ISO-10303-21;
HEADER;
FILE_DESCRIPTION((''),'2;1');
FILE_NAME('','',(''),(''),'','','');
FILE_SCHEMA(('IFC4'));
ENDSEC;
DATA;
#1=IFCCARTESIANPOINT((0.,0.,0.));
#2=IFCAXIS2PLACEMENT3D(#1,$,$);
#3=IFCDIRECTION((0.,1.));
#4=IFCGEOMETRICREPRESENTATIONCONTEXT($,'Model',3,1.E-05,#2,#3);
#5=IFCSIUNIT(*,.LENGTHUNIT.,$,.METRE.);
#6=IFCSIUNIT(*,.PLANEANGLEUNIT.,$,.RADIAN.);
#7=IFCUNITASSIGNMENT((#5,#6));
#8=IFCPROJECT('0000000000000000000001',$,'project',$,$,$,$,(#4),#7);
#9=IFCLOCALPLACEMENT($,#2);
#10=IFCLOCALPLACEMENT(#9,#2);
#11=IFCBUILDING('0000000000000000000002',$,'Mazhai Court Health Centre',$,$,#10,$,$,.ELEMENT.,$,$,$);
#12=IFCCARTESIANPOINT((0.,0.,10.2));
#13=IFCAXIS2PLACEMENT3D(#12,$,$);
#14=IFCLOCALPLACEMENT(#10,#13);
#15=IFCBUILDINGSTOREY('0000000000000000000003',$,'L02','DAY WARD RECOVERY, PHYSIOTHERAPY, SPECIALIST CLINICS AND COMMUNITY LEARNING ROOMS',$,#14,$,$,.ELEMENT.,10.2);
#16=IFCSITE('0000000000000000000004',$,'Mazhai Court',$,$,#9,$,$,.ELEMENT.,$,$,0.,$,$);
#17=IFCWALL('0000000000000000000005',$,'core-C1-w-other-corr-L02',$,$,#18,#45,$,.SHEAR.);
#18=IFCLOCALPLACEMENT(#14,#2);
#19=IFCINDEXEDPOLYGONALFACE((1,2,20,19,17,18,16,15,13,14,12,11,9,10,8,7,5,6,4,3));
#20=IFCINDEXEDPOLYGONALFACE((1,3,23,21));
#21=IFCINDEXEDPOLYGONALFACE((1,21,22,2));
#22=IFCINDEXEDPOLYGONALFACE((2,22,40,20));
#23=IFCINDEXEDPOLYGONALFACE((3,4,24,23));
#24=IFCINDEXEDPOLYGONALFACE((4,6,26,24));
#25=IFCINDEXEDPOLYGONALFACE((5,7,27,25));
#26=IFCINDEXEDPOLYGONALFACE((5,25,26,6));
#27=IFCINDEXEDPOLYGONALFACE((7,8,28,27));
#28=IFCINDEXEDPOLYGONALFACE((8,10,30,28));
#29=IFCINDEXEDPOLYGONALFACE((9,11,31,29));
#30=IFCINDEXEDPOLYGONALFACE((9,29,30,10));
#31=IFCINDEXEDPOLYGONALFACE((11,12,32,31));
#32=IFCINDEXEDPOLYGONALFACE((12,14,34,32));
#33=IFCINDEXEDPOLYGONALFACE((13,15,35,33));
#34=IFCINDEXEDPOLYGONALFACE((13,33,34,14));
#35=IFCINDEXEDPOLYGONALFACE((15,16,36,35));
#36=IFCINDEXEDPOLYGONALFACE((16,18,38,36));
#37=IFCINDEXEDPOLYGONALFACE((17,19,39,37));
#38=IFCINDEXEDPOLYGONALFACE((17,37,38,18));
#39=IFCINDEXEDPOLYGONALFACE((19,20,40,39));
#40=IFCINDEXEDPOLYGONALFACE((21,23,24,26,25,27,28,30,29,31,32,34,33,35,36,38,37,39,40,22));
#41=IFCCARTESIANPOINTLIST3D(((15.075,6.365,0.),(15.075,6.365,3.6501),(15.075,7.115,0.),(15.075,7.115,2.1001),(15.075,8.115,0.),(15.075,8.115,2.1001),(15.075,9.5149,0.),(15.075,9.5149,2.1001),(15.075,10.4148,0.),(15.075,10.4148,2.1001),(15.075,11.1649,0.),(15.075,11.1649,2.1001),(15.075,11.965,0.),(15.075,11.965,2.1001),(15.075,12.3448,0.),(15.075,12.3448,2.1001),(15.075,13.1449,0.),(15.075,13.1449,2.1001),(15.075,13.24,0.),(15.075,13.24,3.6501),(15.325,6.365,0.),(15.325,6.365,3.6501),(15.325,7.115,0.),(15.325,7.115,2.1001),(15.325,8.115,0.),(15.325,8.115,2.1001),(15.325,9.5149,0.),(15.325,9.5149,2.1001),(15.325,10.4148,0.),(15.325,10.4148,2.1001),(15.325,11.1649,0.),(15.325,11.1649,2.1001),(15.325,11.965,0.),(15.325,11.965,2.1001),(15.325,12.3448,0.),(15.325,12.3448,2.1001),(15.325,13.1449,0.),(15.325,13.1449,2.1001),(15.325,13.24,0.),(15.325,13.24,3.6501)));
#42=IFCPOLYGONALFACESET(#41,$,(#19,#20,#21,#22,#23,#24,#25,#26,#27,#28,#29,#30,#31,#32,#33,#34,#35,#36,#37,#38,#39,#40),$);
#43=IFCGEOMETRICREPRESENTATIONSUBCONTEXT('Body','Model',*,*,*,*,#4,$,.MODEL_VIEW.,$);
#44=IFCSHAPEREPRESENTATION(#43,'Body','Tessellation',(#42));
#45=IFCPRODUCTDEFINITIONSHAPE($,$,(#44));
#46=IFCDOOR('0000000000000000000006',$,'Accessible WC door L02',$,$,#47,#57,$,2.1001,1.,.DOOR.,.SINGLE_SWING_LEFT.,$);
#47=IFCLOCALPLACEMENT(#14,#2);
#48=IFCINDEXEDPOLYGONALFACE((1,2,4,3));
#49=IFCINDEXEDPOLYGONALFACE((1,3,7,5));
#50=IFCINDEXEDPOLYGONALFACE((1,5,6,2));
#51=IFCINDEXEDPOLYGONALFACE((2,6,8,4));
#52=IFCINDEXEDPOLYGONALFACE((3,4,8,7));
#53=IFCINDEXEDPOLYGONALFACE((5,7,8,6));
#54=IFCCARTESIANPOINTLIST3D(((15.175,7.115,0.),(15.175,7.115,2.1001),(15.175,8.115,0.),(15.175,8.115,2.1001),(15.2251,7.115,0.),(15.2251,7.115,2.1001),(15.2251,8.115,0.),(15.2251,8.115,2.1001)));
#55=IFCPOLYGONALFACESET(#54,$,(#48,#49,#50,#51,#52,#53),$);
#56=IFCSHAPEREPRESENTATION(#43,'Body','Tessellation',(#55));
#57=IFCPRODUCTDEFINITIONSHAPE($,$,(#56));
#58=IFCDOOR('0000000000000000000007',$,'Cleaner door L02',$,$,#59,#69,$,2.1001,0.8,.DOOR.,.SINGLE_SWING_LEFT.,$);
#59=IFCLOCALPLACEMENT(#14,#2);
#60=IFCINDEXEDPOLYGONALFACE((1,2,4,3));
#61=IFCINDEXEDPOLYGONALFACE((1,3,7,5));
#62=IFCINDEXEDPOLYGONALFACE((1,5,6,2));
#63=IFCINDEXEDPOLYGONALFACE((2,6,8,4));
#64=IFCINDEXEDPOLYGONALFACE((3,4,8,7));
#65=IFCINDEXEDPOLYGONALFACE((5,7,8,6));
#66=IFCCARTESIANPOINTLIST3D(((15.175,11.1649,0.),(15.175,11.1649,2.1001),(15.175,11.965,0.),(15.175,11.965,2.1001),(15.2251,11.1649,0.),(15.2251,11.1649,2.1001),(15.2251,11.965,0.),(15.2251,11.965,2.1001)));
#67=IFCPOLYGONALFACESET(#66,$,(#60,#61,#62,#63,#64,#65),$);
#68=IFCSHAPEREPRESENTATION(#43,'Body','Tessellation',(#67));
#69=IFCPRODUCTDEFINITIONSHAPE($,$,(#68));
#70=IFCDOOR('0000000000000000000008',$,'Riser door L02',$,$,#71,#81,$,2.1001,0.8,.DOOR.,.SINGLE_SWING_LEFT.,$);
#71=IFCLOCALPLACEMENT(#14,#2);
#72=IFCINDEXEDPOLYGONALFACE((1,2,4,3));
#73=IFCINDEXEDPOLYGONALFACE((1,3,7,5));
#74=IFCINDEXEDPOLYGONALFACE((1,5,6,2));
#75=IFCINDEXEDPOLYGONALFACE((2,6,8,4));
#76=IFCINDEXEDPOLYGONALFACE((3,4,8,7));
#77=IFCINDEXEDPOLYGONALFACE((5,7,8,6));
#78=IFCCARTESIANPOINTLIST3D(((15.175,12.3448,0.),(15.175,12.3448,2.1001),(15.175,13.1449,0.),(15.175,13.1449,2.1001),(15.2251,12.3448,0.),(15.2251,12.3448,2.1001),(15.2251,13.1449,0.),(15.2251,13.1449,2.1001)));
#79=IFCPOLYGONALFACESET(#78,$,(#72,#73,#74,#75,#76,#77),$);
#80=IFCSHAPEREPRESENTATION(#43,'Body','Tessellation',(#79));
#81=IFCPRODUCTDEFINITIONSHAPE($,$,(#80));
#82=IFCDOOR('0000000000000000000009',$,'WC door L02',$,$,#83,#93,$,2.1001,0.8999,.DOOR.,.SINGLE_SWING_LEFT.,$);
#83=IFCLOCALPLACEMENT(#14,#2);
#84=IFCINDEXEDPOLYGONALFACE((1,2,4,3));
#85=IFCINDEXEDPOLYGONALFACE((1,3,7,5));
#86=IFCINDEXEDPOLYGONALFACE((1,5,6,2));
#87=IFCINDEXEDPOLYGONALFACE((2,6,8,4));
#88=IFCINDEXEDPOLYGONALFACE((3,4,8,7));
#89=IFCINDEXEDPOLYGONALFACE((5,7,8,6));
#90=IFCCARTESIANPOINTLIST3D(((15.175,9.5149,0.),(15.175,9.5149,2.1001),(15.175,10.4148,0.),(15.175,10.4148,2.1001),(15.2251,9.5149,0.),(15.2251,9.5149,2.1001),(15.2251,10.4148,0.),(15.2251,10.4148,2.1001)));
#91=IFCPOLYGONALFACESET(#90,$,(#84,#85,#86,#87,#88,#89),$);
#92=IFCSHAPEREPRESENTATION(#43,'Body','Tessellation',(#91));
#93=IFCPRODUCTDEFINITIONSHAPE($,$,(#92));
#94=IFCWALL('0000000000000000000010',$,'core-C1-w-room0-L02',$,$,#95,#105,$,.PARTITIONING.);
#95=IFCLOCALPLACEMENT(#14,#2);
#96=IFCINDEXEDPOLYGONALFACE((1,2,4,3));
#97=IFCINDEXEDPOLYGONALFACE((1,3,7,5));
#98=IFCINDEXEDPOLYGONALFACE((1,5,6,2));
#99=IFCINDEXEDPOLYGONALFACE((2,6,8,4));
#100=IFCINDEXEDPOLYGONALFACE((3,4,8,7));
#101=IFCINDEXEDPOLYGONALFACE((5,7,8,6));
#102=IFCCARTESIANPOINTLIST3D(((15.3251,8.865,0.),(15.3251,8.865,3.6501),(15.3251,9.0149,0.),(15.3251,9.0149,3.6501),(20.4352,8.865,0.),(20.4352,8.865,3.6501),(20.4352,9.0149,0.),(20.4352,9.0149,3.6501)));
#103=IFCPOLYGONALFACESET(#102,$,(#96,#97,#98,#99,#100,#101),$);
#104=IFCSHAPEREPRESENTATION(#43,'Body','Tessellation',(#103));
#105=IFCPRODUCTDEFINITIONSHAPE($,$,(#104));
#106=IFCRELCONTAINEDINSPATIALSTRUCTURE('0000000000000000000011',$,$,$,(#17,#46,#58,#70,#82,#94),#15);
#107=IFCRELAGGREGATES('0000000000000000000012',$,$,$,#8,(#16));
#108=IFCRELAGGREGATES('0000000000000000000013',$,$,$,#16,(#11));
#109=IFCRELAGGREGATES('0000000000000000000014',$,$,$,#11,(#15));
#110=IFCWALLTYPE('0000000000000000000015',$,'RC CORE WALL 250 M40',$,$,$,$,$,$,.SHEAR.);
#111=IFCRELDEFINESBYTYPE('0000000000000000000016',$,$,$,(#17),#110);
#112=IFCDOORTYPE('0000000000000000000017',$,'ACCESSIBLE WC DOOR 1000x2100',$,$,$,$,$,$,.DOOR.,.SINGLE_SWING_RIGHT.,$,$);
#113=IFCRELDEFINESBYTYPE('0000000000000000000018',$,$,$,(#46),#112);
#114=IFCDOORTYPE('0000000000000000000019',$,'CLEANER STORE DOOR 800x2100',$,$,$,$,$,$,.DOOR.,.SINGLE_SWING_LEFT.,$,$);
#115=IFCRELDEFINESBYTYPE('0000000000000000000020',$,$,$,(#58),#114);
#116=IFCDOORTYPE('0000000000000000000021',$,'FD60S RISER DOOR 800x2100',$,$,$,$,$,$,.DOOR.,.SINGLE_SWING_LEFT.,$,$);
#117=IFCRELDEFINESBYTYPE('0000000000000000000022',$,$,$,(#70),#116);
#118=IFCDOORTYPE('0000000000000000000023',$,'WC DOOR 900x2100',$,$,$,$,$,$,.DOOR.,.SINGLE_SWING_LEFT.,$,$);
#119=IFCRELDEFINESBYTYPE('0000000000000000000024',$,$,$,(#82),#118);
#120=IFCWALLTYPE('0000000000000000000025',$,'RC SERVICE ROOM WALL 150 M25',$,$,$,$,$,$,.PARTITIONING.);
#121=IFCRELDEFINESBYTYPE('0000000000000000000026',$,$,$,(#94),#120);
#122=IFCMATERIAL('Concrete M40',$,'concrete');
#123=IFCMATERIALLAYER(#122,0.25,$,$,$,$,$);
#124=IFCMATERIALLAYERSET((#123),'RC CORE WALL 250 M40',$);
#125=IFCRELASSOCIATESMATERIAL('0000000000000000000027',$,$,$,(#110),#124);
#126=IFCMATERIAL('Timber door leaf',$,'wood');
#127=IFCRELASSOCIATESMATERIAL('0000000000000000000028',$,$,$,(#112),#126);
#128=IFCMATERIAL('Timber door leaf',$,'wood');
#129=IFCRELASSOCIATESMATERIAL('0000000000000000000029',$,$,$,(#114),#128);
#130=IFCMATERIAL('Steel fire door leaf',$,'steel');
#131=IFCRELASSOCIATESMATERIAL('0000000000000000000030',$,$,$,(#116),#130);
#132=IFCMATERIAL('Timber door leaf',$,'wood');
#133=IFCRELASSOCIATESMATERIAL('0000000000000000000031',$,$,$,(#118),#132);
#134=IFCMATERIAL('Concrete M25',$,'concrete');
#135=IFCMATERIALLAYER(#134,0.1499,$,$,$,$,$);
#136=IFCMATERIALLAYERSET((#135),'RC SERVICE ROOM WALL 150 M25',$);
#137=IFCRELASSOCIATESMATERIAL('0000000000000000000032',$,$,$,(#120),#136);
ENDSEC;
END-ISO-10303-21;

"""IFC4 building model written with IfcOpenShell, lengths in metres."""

from ifc_helpers import new_model, si_unit, direction, frame, frame_2d, origin, place, context, subcontext, project, spatial, rectangle, extrude, material, layer, layer_set, type_object, element, fill, save


model = new_model("IFC4")

# Units and contexts
model_context = context("Model", 3, precision=1e-05, world=origin(), true_north=direction((0.0, 1.0)))
body_context = subcontext(model_context, "Body", "Model", "MODEL_VIEW")
ifc_project = project(units=[si_unit("LENGTHUNIT", "METRE"), si_unit("PLANEANGLEUNIT", "RADIAN")], contexts=[model_context])

# Site, building, storey
site_placement = place(None, origin())
site = spatial("IfcSite", under=ifc_project, at=site_placement, Name="Mazhai Court", CompositionType="ELEMENT", RefElevation=0.0)
building_placement = place(site_placement, origin())
building = spatial("IfcBuilding", under=site, at=building_placement, Name="Mazhai Court Health Centre", CompositionType="ELEMENT")
storey_placement = place(building_placement, frame((0.0, 0.0, 10.2)))
storey = spatial("IfcBuildingStorey", under=building, at=storey_placement, Name="L02", Description="DAY WARD RECOVERY, PHYSIOTHERAPY, SPECIALIST CLINICS AND COMMUNITY LEARNING ROOMS", CompositionType="ELEMENT", Elevation=10.2)

# Wall, openings, doors
ifc_material_1 = material(Name="Concrete M40", Category="concrete")
ifc_layer_1 = layer(ifc_material_1, 0.25)
ifc_layer_set_1 = layer_set([ifc_layer_1], Name="RC CORE WALL 250 M40")
wall_type_1 = type_object("IfcWallType", Name="RC CORE WALL 250 M40", PredefinedType="SHEAR", material=ifc_layer_set_1)
wall_1_placement = place(storey_placement, frame((15.2, 6.365, 0.0), z_axis=(0.0, 0.0, 1.0), x_axis=(0.0, 1.0, 0.0)))
wall_1 = element("IfcWall", 1, at=wall_1_placement, inside=storey, type_object=wall_type_1, Name="core-C1-w-other-corr-L02", PredefinedType="SHEAR", context=body_context, shape_type="SweptSolid", body=[
    extrude(rectangle(XDim=6.875, YDim=0.25, at=frame_2d((3.4375, 0.0))), origin(), (0.0, 0.0, 1.0), 3.6501),
])
opening_1_placement = place(wall_1_placement, frame((0.75, 0.0, 0.0)))
opening_1 = element("IfcOpeningElement", 2, at=opening_1_placement, cuts=wall_1, PredefinedType="OPENING", context=body_context, shape_type="SweptSolid", body=[
    extrude(rectangle(XDim=1.0, YDim=2.1001, at=frame_2d((0.5, 1.05))), frame((0.0, 0.135, 0.0), z_axis=(0.0, -1.0, 0.0), x_axis=(1.0, 0.0, 0.0)), (0.0, 0.0, 1.0), 0.27),
])
opening_2_placement = place(wall_1_placement, frame((3.1499, 0.0, 0.0)))
opening_2 = element("IfcOpeningElement", 3, at=opening_2_placement, cuts=wall_1, PredefinedType="OPENING", context=body_context, shape_type="SweptSolid", body=[
    extrude(rectangle(XDim=0.8999, YDim=2.1001, at=frame_2d((0.45, 1.05))), frame((0.0, 0.135, 0.0), z_axis=(0.0, -1.0, 0.0), x_axis=(1.0, 0.0, 0.0)), (0.0, 0.0, 1.0), 0.27),
])
opening_3_placement = place(wall_1_placement, frame((4.8, 0.0, 0.0)))
opening_3 = element("IfcOpeningElement", 4, at=opening_3_placement, cuts=wall_1, PredefinedType="OPENING", context=body_context, shape_type="SweptSolid", body=[
    extrude(rectangle(XDim=0.8, YDim=2.1001, at=frame_2d((0.3999, 1.05))), frame((0.0, 0.135, 0.0), z_axis=(0.0, -1.0, 0.0), x_axis=(1.0, 0.0, 0.0)), (0.0, 0.0, 1.0), 0.27),
])
opening_4_placement = place(wall_1_placement, frame((5.98, 0.0, 0.0)))
opening_4 = element("IfcOpeningElement", 5, at=opening_4_placement, cuts=wall_1, PredefinedType="OPENING", context=body_context, shape_type="SweptSolid", body=[
    extrude(rectangle(XDim=0.8, YDim=2.1001, at=frame_2d((0.3999, 1.05))), frame((0.0, 0.135, 0.0), z_axis=(0.0, -1.0, 0.0), x_axis=(1.0, 0.0, 0.0)), (0.0, 0.0, 1.0), 0.27),
])
ifc_material_2 = material(Name="Timber door leaf", Category="wood")
door_type_1 = type_object("IfcDoorType", Name="ACCESSIBLE WC DOOR 1000x2100", OperationType="SINGLE_SWING_RIGHT", PredefinedType="DOOR", material=ifc_material_2)
door_1_placement = place(opening_1_placement, origin())
door_1 = element("IfcDoor", 6, at=door_1_placement, inside=storey, type_object=door_type_1, Name="Accessible WC door L02", OperationType="SINGLE_SWING_LEFT", OverallHeight=2.1001, OverallWidth=1.0, PredefinedType="DOOR", context=body_context, shape_type="SweptSolid", body=[
    extrude(rectangle(XDim=1.0, YDim=2.1001, at=frame_2d((0.5, 1.05))), frame((0.0, 0.0249, 0.0), z_axis=(0.0, -1.0, 0.0), x_axis=(1.0, 0.0, 0.0)), (0.0, 0.0, 1.0), 0.05),
])
fill(opening_1, door_1)
ifc_material_3 = material(Name="Timber door leaf", Category="wood")
door_type_2 = type_object("IfcDoorType", Name="CLEANER STORE DOOR 800x2100", OperationType="SINGLE_SWING_LEFT", PredefinedType="DOOR", material=ifc_material_3)
door_2_placement = place(opening_3_placement, origin())
door_2 = element("IfcDoor", 7, at=door_2_placement, inside=storey, type_object=door_type_2, Name="Cleaner door L02", OperationType="SINGLE_SWING_LEFT", OverallHeight=2.1001, OverallWidth=0.8, PredefinedType="DOOR", context=body_context, shape_type="SweptSolid", body=[
    extrude(rectangle(XDim=0.8, YDim=2.1001, at=frame_2d((0.3999, 1.05))), frame((0.0, 0.0249, 0.0), z_axis=(0.0, -1.0, 0.0), x_axis=(1.0, 0.0, 0.0)), (0.0, 0.0, 1.0), 0.05),
])
fill(opening_3, door_2)
ifc_material_4 = material(Name="Steel fire door leaf", Category="steel")
door_type_3 = type_object("IfcDoorType", Name="FD60S RISER DOOR 800x2100", OperationType="SINGLE_SWING_LEFT", PredefinedType="DOOR", material=ifc_material_4)
door_3_placement = place(opening_4_placement, origin())
door_3 = element("IfcDoor", 8, at=door_3_placement, inside=storey, type_object=door_type_3, Name="Riser door L02", OperationType="SINGLE_SWING_LEFT", OverallHeight=2.1001, OverallWidth=0.8, PredefinedType="DOOR", context=body_context, shape_type="SweptSolid", body=[
    extrude(rectangle(XDim=0.8, YDim=2.1001, at=frame_2d((0.3999, 1.05))), frame((0.0, 0.0249, 0.0), z_axis=(0.0, -1.0, 0.0), x_axis=(1.0, 0.0, 0.0)), (0.0, 0.0, 1.0), 0.05),
])
fill(opening_4, door_3)
ifc_material_5 = material(Name="Timber door leaf", Category="wood")
door_type_4 = type_object("IfcDoorType", Name="WC DOOR 900x2100", OperationType="SINGLE_SWING_LEFT", PredefinedType="DOOR", material=ifc_material_5)
door_4_placement = place(opening_2_placement, origin())
door_4 = element("IfcDoor", 9, at=door_4_placement, inside=storey, type_object=door_type_4, Name="WC door L02", OperationType="SINGLE_SWING_LEFT", OverallHeight=2.1001, OverallWidth=0.8999, PredefinedType="DOOR", context=body_context, shape_type="SweptSolid", body=[
    extrude(rectangle(XDim=0.8999, YDim=2.1001, at=frame_2d((0.45, 1.05))), frame((0.0, 0.0249, 0.0), z_axis=(0.0, -1.0, 0.0), x_axis=(1.0, 0.0, 0.0)), (0.0, 0.0, 1.0), 0.05),
])
fill(opening_2, door_4)

# Wall
ifc_material_6 = material(Name="Concrete M25", Category="concrete")
ifc_layer_2 = layer(ifc_material_6, 0.1499)
ifc_layer_set_2 = layer_set([ifc_layer_2], Name="RC SERVICE ROOM WALL 150 M25")
wall_type_2 = type_object("IfcWallType", Name="RC SERVICE ROOM WALL 150 M25", PredefinedType="PARTITIONING", material=ifc_layer_set_2)
wall_2_placement = place(storey_placement, frame((15.325, 8.9399, 0.0), z_axis=(0.0, 0.0, 1.0), x_axis=(1.0, 0.0, 0.0)))
element("IfcWall", 10, at=wall_2_placement, inside=storey, type_object=wall_type_2, Name="core-C1-w-room0-L02", PredefinedType="PARTITIONING", context=body_context, shape_type="SweptSolid", body=[
    extrude(rectangle(XDim=5.1101, YDim=0.1499, at=frame_2d((2.5552, 0.0))), origin(), (0.0, 0.0, 1.0), 3.6501),
])

save(model, "model.ifc")
